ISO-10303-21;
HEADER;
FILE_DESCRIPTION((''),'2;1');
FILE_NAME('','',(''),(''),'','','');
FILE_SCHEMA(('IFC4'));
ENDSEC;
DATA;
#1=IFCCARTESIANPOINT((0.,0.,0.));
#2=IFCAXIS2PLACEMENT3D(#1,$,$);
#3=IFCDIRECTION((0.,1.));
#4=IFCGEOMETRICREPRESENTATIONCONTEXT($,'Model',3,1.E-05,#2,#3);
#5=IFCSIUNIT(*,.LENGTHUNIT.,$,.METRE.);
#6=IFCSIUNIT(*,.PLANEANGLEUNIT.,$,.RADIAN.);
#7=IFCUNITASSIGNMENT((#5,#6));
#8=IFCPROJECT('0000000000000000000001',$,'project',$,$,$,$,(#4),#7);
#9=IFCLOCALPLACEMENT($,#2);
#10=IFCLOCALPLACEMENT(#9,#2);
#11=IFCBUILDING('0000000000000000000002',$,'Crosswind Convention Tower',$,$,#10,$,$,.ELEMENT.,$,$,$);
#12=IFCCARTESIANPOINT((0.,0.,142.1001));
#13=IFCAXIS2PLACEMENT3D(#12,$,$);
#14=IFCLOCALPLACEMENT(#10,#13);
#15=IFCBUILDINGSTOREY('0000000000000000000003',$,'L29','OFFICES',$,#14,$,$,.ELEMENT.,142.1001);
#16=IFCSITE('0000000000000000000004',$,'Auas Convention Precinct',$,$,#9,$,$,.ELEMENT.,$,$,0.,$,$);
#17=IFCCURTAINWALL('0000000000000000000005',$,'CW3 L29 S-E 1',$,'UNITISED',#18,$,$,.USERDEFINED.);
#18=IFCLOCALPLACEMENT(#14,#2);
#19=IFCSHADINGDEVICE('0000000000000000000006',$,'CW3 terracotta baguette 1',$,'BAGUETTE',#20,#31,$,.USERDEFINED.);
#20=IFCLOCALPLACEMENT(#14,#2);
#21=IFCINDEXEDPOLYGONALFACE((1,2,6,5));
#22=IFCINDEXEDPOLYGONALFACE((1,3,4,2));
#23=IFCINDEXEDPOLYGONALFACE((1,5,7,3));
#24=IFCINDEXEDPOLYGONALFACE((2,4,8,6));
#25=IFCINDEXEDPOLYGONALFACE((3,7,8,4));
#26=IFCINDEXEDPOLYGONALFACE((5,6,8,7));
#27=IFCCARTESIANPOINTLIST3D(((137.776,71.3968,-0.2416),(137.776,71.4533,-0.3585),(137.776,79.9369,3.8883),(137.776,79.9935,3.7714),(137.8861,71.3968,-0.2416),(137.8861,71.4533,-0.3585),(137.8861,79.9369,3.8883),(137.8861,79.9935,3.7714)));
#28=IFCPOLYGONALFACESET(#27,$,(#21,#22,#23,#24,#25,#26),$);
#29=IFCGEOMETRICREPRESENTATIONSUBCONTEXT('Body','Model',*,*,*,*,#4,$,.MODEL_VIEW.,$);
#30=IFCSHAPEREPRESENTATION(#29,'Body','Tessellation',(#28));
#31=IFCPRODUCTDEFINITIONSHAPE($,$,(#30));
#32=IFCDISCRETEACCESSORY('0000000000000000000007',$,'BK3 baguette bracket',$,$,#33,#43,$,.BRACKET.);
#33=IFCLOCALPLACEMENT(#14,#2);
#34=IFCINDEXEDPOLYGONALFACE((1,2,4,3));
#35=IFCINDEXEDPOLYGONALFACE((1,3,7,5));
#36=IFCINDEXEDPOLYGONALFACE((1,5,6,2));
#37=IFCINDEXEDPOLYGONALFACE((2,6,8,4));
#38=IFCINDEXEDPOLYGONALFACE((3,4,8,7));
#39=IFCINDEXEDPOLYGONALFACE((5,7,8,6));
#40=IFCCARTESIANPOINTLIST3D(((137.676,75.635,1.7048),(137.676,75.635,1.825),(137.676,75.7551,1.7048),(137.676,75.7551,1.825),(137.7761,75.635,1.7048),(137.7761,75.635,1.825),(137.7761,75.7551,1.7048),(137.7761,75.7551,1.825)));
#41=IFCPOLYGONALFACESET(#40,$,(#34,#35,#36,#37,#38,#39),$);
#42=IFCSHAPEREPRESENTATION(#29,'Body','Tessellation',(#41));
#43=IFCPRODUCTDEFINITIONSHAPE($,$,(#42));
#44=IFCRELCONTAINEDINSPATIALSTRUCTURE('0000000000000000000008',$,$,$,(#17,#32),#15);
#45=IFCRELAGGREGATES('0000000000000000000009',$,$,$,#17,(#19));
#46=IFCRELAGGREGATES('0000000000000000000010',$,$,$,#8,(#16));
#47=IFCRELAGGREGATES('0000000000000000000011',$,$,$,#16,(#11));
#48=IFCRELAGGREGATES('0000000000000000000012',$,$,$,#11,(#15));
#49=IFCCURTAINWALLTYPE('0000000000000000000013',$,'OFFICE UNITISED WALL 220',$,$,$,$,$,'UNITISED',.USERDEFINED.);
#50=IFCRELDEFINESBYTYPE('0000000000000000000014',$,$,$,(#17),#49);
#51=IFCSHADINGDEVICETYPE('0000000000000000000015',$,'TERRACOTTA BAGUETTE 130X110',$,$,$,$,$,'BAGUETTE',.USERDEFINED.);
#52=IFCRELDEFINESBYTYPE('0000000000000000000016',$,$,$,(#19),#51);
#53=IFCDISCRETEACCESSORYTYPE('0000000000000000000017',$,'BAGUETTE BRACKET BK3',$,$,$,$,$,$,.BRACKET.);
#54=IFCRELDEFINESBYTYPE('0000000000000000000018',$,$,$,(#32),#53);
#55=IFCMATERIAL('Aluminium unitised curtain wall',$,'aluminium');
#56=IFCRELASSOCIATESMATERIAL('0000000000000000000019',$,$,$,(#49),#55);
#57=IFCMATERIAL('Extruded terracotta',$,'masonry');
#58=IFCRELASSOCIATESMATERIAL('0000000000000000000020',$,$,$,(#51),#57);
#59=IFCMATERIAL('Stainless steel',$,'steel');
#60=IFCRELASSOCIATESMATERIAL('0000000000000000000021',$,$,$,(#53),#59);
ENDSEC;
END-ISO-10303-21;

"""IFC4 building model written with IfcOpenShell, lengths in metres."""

from ifc_helpers import new_model, si_unit, direction, frame, origin, origin_2d, place, context, subcontext, project, spatial, rectangle, extrude, material, material_profile, profile_set, type_object, element, aggregate, save


model = new_model("IFC4")

# Units and contexts
model_context = context("Model", 3, precision=1e-05, world=origin(), true_north=direction((0.0, 1.0)))
body_context = subcontext(model_context, "Body", "Model", "MODEL_VIEW")
ifc_project = project(units=[si_unit("LENGTHUNIT", "METRE"), si_unit("PLANEANGLEUNIT", "RADIAN")], contexts=[model_context])

# Site, building, storey
site_placement = place(None, origin())
site = spatial("IfcSite", under=ifc_project, at=site_placement, Name="Auas Convention Precinct", CompositionType="ELEMENT", RefElevation=0.0)
building_placement = place(site_placement, origin())
building = spatial("IfcBuilding", under=site, at=building_placement, Name="Crosswind Convention Tower", CompositionType="ELEMENT")
storey_placement = place(building_placement, frame((0.0, 0.0, 142.1001)))
storey = spatial("IfcBuildingStorey", under=building, at=storey_placement, Name="L29", Description="OFFICES", CompositionType="ELEMENT", Elevation=142.1001)

# Shared definitions
ifc_material_1 = material(Name="Aluminium unitised curtain wall", Category="aluminium")

# Curtain wall
curtain_wall_type_1 = type_object("IfcCurtainWallType", Name="OFFICE UNITISED WALL 220", ElementType="UNITISED", PredefinedType="USERDEFINED", material=ifc_material_1)
curtain_wall_1_placement = place(storey_placement, origin())
curtain_wall_1 = element("IfcCurtainWall", 1, at=curtain_wall_1_placement, inside=storey, type_object=curtain_wall_type_1, Name="CW3 L29 S-E 1", ObjectType="UNITISED", PredefinedType="USERDEFINED")

# Shading device
ifc_material_2 = material(Name="Extruded terracotta", Category="masonry")
ifc_material_profile_1 = material_profile(ifc_material_2, rectangle(XDim=0.1101, YDim=0.1299, at=origin_2d()), Name="TC 110X130")
ifc_profile_set_1 = profile_set([ifc_material_profile_1], Name="Extruded terracotta")
shading_device_type = type_object("IfcShadingDeviceType", Name="TERRACOTTA BAGUETTE 130X110", ElementType="BAGUETTE", PredefinedType="USERDEFINED", material=ifc_profile_set_1)
shading_device_1_placement = place(storey_placement, frame((137.8311, 71.425, -0.3), z_axis=(0.0, 0.900258, 0.435356), x_axis=(-1.0, 0.0, 0.0)))
shading_device_1 = element("IfcShadingDevice", 2, at=shading_device_1_placement, type_object=shading_device_type, Name="CW3 terracotta baguette 1", ObjectType="BAGUETTE", PredefinedType="USERDEFINED", context=body_context, shape_type="SweptSolid", body=[
    extrude(rectangle(XDim=0.1101, YDim=0.1299, at=origin_2d()), origin(), (0.0, 0.0, 1.0), 9.4863),
])
aggregate(curtain_wall_1, [shading_device_1])

# Discrete accessory
ifc_material_3 = material(Name="Stainless steel", Category="steel")
discrete_accessory_type = type_object("IfcDiscreteAccessoryType", Name="BAGUETTE BRACKET BK3", PredefinedType="BRACKET", material=ifc_material_3)
discrete_accessory_placement = place(storey_placement, frame((137.7261, 75.6951, 1.7048), z_axis=(0.0, 0.0, 1.0), x_axis=(0.0, 1.0, 0.0)))
element("IfcDiscreteAccessory", 3, at=discrete_accessory_placement, inside=storey, type_object=discrete_accessory_type, Name="BK3 baguette bracket", PredefinedType="BRACKET", context=body_context, shape_type="SweptSolid", body=[
    extrude(rectangle(XDim=0.1201, YDim=0.1001, at=origin_2d()), origin(), (0.0, 0.0, 1.0), 0.1201),
])

save(model, "model.ifc")
